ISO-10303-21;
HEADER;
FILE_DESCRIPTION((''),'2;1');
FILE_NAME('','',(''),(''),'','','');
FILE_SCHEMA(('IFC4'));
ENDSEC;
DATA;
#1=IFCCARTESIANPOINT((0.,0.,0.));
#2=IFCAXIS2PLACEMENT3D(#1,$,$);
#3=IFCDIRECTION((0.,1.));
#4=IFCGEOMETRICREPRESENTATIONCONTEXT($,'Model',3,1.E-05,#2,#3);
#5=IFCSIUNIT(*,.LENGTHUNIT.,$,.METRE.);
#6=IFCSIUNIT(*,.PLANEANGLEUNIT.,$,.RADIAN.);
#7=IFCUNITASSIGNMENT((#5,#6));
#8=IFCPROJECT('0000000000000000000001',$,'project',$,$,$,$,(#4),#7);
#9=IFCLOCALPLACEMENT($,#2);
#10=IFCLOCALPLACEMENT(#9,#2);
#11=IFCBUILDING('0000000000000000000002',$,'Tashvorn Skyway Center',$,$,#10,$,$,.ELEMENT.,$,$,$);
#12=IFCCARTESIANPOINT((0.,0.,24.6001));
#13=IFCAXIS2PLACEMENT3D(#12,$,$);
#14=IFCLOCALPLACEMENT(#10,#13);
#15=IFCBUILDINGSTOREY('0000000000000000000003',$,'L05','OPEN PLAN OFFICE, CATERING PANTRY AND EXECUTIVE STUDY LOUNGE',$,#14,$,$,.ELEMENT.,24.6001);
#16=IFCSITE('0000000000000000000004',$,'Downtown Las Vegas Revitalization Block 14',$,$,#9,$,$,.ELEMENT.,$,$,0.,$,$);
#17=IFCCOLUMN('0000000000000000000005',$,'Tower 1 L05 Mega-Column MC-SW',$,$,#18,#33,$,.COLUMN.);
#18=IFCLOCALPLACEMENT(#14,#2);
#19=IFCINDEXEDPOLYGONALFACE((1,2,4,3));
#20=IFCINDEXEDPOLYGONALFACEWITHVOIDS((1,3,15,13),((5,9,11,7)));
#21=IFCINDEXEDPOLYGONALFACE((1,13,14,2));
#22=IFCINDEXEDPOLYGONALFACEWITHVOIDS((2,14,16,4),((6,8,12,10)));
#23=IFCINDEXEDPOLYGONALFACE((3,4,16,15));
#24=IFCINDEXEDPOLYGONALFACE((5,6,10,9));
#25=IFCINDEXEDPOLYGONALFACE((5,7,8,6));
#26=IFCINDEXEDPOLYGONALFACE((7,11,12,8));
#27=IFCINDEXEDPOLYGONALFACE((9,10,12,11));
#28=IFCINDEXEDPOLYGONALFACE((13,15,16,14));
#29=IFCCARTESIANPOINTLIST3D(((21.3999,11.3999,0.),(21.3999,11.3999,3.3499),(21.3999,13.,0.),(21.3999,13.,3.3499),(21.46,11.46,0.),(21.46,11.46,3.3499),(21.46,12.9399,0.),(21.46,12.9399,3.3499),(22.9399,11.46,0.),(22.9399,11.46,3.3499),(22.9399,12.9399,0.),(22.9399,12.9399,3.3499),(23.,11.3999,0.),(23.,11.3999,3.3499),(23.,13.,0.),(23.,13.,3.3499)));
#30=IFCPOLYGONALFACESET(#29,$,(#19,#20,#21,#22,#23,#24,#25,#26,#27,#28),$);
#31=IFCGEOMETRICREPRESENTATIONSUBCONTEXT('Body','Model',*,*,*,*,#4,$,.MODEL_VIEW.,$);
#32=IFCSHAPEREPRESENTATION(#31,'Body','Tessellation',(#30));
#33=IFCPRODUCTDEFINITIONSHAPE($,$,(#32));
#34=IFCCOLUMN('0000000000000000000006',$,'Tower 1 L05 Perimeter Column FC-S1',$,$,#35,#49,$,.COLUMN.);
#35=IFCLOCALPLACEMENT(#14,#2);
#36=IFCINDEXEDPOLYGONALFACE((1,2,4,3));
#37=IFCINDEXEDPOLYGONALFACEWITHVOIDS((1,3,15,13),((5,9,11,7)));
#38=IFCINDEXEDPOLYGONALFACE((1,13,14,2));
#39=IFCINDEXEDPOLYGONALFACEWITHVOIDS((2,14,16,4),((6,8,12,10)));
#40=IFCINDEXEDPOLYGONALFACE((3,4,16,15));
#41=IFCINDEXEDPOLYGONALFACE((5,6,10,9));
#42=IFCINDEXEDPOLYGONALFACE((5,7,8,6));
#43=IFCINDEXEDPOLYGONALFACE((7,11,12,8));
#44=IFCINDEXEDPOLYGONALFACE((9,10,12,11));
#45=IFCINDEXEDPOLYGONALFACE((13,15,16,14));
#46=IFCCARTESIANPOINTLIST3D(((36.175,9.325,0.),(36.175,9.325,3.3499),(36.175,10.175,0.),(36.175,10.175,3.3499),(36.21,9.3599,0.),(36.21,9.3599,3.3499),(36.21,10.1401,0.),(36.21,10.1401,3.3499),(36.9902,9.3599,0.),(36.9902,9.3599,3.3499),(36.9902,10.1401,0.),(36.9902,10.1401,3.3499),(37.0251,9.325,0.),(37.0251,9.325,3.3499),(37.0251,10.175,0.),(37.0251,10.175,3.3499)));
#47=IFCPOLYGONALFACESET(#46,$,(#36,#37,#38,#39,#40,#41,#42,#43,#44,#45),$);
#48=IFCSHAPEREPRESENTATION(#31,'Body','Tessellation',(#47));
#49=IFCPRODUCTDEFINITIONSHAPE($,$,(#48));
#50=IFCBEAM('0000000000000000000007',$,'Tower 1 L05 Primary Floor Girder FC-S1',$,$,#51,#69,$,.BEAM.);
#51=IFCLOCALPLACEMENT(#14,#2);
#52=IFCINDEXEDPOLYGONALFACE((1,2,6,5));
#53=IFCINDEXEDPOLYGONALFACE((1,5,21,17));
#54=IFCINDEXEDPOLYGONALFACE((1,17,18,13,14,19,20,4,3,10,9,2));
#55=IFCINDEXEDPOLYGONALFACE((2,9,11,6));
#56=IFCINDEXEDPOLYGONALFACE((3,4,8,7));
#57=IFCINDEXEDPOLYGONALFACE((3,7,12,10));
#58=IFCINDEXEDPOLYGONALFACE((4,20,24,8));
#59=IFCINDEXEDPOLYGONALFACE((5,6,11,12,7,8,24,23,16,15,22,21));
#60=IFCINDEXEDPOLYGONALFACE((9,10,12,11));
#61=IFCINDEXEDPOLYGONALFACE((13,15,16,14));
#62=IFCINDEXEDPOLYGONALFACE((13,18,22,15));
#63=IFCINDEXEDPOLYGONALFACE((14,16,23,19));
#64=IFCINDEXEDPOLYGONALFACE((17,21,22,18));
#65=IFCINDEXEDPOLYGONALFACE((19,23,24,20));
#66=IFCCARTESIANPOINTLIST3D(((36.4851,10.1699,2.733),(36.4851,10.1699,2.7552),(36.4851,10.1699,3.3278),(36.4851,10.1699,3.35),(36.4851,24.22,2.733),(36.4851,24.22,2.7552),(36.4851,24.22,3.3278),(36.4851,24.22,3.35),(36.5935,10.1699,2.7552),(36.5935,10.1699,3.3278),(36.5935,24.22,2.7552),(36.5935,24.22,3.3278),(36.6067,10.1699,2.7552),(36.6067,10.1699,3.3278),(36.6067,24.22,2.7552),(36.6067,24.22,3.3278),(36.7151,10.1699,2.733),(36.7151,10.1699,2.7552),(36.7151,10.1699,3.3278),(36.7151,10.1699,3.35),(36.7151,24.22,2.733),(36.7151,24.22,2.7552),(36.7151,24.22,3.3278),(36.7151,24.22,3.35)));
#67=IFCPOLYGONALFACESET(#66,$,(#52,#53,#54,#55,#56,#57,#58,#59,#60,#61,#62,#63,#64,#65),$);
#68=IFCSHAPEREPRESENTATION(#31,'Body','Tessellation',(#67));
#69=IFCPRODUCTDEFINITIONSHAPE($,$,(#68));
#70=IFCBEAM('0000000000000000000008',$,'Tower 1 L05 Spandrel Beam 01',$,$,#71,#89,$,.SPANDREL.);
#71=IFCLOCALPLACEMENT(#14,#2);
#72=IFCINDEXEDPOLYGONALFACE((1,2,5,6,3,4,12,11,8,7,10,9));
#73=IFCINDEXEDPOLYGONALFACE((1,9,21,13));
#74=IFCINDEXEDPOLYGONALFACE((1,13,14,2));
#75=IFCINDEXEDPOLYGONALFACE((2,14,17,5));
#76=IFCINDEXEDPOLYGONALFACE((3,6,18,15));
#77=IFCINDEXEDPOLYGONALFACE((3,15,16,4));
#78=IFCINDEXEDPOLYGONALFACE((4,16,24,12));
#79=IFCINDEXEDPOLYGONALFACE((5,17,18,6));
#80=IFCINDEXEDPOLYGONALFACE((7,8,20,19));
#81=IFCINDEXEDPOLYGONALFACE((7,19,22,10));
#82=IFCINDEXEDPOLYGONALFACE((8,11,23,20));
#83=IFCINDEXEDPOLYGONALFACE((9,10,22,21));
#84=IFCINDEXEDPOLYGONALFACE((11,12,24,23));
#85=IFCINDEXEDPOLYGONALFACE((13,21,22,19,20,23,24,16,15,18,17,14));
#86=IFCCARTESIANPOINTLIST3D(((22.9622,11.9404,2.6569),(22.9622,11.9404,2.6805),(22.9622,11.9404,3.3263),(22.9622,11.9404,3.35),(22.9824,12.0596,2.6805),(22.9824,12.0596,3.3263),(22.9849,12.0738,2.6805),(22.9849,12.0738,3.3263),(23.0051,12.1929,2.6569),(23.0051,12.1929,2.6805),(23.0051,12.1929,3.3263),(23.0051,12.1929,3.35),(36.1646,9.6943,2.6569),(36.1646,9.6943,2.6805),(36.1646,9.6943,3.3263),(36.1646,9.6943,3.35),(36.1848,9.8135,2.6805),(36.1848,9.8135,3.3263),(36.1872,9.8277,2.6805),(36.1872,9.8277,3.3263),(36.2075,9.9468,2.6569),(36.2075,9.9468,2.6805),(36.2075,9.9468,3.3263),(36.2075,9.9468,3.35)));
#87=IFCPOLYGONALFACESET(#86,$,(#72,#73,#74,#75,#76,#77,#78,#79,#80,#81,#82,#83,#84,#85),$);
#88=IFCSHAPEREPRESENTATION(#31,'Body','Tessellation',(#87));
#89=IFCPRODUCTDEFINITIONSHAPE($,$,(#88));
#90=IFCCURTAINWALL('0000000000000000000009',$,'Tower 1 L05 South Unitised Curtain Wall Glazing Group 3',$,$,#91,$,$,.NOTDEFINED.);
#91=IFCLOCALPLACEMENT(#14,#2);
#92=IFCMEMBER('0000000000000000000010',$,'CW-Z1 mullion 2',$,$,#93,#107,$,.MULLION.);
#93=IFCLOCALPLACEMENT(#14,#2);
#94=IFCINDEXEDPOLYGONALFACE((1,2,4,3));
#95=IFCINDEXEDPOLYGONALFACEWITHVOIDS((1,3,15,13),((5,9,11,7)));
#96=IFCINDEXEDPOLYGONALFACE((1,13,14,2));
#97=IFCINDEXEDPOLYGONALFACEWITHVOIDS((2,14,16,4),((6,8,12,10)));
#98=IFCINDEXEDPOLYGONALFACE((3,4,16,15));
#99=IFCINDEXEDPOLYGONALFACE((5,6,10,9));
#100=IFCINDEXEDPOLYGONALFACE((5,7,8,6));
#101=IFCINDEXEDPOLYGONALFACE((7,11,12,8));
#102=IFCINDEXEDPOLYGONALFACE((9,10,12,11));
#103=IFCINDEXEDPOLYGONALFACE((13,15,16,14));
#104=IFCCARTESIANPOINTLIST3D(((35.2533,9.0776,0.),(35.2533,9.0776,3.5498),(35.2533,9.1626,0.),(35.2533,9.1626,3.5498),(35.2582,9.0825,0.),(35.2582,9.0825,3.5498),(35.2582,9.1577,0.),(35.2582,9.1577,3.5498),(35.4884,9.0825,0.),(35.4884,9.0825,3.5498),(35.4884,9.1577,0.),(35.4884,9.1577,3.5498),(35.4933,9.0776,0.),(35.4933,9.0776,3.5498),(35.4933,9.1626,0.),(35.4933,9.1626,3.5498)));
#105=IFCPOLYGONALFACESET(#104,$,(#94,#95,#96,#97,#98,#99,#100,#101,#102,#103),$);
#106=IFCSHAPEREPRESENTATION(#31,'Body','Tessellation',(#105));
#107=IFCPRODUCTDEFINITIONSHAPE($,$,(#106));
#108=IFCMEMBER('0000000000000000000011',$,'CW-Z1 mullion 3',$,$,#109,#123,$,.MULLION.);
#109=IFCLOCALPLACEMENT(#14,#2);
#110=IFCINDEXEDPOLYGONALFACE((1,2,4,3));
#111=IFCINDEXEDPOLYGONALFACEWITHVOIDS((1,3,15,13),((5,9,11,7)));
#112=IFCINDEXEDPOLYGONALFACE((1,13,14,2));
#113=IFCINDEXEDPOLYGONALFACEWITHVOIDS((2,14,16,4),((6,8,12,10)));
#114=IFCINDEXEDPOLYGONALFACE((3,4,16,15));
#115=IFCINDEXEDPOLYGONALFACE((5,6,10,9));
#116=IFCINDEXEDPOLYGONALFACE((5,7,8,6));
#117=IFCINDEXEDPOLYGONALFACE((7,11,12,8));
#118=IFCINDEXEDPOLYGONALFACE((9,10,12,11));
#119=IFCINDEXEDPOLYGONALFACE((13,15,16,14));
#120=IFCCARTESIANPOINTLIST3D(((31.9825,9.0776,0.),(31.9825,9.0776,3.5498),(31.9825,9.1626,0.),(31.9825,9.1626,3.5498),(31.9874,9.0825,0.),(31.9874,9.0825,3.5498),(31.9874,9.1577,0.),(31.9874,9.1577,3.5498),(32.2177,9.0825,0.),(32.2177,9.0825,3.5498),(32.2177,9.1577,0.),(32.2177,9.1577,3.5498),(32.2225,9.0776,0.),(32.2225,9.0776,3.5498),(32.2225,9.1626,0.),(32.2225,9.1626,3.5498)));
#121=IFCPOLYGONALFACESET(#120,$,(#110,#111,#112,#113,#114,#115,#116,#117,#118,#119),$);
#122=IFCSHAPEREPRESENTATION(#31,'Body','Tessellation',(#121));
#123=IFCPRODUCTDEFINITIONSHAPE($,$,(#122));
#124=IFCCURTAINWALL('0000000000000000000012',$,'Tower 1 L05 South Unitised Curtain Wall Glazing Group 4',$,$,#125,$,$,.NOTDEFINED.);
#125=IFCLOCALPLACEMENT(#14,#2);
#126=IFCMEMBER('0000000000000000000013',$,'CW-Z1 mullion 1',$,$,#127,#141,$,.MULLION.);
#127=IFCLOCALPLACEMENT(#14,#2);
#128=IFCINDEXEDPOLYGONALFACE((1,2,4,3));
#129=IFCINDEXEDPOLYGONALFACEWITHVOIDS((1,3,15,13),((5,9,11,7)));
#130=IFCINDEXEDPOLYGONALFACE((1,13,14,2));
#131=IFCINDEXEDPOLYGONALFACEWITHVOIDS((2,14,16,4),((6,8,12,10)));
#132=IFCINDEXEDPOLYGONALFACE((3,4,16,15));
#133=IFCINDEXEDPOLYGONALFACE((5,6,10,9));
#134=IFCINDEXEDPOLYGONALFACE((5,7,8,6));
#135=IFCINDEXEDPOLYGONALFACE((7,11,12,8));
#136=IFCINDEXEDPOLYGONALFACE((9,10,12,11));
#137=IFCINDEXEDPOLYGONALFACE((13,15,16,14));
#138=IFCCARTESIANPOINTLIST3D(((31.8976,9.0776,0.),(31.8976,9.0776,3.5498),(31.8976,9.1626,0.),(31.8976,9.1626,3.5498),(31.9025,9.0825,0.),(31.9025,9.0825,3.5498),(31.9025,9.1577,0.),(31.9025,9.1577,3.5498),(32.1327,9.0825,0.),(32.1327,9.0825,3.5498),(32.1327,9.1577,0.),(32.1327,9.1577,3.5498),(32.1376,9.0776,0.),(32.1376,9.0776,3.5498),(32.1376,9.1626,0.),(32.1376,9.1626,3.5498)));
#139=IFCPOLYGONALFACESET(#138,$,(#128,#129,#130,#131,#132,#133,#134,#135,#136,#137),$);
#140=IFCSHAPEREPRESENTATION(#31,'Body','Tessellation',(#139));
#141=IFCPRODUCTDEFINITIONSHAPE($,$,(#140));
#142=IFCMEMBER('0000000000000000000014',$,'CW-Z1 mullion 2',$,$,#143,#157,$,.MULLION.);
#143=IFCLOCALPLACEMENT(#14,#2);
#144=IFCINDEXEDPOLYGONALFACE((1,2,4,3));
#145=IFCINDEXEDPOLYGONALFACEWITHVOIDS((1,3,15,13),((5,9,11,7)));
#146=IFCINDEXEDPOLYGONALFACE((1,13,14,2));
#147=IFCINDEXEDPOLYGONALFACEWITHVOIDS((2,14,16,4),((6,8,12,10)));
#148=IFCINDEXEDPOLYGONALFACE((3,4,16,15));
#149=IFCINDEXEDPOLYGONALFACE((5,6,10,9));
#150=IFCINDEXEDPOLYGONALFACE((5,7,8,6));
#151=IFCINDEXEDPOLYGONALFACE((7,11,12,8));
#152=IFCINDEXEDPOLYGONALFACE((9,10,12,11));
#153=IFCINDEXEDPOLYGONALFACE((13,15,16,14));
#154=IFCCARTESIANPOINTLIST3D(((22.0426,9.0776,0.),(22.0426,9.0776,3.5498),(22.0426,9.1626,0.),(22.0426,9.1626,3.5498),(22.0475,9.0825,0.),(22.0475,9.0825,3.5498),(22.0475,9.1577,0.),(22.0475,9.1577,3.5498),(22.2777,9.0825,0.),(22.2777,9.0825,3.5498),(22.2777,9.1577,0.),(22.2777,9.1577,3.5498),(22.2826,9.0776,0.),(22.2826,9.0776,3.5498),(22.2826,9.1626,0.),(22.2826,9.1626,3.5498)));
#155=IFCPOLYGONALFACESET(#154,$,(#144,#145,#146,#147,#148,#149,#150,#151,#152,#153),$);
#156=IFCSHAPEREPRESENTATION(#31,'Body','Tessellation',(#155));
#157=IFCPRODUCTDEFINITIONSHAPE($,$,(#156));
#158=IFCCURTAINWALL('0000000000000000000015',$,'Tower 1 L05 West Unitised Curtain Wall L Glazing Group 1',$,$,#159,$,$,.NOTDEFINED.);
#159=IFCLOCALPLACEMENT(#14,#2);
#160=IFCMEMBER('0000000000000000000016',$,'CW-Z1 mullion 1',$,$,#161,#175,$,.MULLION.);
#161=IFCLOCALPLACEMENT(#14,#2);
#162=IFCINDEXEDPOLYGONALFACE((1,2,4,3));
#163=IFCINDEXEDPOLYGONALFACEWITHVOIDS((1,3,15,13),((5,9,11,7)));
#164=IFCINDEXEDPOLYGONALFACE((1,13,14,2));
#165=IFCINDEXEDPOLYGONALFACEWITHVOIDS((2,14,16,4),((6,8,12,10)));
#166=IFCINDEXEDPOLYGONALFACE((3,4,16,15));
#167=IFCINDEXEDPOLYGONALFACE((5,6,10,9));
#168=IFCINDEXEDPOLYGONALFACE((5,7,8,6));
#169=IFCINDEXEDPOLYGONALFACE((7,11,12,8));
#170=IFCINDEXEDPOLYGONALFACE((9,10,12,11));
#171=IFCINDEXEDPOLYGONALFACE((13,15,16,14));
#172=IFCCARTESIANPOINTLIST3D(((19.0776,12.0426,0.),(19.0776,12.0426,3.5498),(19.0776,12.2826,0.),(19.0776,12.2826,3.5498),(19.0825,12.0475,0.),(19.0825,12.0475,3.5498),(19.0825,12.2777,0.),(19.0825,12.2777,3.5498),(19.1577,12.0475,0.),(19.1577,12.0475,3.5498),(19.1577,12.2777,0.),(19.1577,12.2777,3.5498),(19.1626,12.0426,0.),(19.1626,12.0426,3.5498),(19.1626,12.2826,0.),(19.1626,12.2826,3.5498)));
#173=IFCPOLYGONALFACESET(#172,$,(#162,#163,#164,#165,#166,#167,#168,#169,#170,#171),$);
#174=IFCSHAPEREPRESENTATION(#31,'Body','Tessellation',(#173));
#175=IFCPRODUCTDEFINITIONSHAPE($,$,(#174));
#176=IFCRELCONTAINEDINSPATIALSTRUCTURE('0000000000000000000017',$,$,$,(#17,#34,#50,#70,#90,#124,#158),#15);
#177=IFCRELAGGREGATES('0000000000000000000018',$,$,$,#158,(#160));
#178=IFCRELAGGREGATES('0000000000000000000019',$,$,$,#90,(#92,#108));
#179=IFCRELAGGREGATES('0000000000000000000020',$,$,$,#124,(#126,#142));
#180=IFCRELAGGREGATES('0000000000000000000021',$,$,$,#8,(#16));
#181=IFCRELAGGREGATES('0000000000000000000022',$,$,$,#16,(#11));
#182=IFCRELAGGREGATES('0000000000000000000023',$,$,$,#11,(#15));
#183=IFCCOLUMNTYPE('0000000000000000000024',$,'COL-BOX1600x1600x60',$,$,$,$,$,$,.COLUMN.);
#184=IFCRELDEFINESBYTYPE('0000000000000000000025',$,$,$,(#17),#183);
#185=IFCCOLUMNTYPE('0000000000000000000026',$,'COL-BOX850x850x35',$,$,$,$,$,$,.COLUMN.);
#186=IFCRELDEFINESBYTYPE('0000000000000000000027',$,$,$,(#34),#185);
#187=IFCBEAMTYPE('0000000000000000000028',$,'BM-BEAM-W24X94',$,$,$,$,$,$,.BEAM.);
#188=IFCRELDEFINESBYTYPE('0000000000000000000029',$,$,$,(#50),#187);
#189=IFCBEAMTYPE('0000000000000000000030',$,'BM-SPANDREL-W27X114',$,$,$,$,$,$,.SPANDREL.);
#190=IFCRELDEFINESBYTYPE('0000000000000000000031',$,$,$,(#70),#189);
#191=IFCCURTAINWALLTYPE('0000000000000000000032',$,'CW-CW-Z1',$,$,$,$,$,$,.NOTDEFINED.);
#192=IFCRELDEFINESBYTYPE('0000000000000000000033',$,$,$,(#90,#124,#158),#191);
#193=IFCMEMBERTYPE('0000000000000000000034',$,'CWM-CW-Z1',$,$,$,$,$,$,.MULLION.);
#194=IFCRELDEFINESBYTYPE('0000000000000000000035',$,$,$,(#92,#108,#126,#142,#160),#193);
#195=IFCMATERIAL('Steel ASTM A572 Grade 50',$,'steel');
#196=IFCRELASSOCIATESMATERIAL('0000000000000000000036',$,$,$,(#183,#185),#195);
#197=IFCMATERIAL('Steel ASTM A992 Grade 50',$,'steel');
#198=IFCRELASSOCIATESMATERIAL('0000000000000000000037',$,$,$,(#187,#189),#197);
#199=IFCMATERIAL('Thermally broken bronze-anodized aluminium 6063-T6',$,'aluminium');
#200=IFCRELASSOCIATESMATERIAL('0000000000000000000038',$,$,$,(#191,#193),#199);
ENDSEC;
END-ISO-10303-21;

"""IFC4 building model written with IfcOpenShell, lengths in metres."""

from ifc_helpers import new_model, si_unit, direction, frame, origin, origin_2d, place, context, subcontext, project, spatial, hollow_rectangle, i_section, extrude, material, material_profile, profile_set, type_object, element, aggregate, save


model = new_model("IFC4")

# Units and contexts
model_context = context("Model", 3, precision=1e-05, world=origin(), true_north=direction((0.0, 1.0)))
body_context = subcontext(model_context, "Body", "Model", "MODEL_VIEW")
ifc_project = project(units=[si_unit("LENGTHUNIT", "METRE"), si_unit("PLANEANGLEUNIT", "RADIAN")], contexts=[model_context])

# Site, building, storey
site_placement = place(None, origin())
site = spatial("IfcSite", under=ifc_project, at=site_placement, Name="Downtown Las Vegas Revitalization Block 14", CompositionType="ELEMENT", RefElevation=0.0)
building_placement = place(site_placement, origin())
building = spatial("IfcBuilding", under=site, at=building_placement, Name="Tashvorn Skyway Center", CompositionType="ELEMENT")
storey_placement = place(building_placement, frame((0.0, 0.0, 24.6001)))
storey = spatial("IfcBuildingStorey", under=building, at=storey_placement, Name="L05", Description="OPEN PLAN OFFICE, CATERING PANTRY AND EXECUTIVE STUDY LOUNGE", CompositionType="ELEMENT", Elevation=24.6001)

# Columns
ifc_material_1 = material(Name="Steel ASTM A572 Grade 50", Category="steel")
ifc_material_profile_1 = material_profile(ifc_material_1, hollow_rectangle(XDim=1.6001, YDim=1.6001, WallThickness=0.0601, at=origin_2d()), Name="BOX1600x1600x60")
ifc_profile_set_1 = profile_set([ifc_material_profile_1], Name="Steel ASTM A572 Grade 50")
column_type_1 = type_object("IfcColumnType", Name="COL-BOX1600x1600x60", PredefinedType="COLUMN", material=ifc_profile_set_1)
column_1_placement = place(storey_placement, frame((22.2, 12.2, 0.0), z_axis=(0.0, 0.0, 1.0), x_axis=(1.0, 0.0, 0.0)))
element("IfcColumn", 1, at=column_1_placement, inside=storey, type_object=column_type_1, Name="Tower 1 L05 Mega-Column MC-SW", PredefinedType="COLUMN", context=body_context, shape_type="SweptSolid", body=[
    extrude(hollow_rectangle(XDim=1.6001, YDim=1.6001, WallThickness=0.0601, at=origin_2d()), origin(), (0.0, 0.0, 1.0), 3.3499),
])
ifc_material_profile_2 = material_profile(ifc_material_1, hollow_rectangle(XDim=0.8501, YDim=0.8501, WallThickness=0.0349, at=origin_2d()), Name="BOX850x850x35")
ifc_profile_set_2 = profile_set([ifc_material_profile_2], Name="Steel ASTM A572 Grade 50")
column_type_2 = type_object("IfcColumnType", Name="COL-BOX850x850x35", PredefinedType="COLUMN", material=ifc_profile_set_2)
column_2_placement = place(storey_placement, frame((36.6001, 9.75, 0.0), z_axis=(0.0, 0.0, 1.0), x_axis=(1.0, 0.0, 0.0)))
element("IfcColumn", 2, at=column_2_placement, inside=storey, type_object=column_type_2, Name="Tower 1 L05 Perimeter Column FC-S1", PredefinedType="COLUMN", context=body_context, shape_type="SweptSolid", body=[
    extrude(hollow_rectangle(XDim=0.8501, YDim=0.8501, WallThickness=0.0349, at=origin_2d()), origin(), (0.0, 0.0, 1.0), 3.3499),
])

# Beams
ifc_material_2 = material(Name="Steel ASTM A992 Grade 50", Category="steel")
ifc_material_profile_3 = material_profile(ifc_material_2, i_section(OverallWidth=0.23, OverallDepth=0.6169, WebThickness=0.0132, FlangeThickness=0.0222, at=origin_2d()), Name="W24X94")
ifc_profile_set_3 = profile_set([ifc_material_profile_3], Name="Steel ASTM A992 Grade 50")
beam_type_1 = type_object("IfcBeamType", Name="BM-BEAM-W24X94", PredefinedType="BEAM", material=ifc_profile_set_3)
beam_1_placement = place(storey_placement, frame((36.6001, 10.1699, 3.0415), z_axis=(0.0, 1.0, 0.0), x_axis=(-1.0, 0.0, 0.0)))
element("IfcBeam", 3, at=beam_1_placement, inside=storey, type_object=beam_type_1, Name="Tower 1 L05 Primary Floor Girder FC-S1", PredefinedType="BEAM", context=body_context, shape_type="SweptSolid", body=[
    extrude(i_section(OverallWidth=0.23, OverallDepth=0.6169, WebThickness=0.0132, FlangeThickness=0.0222, at=origin_2d()), origin(), (0.0, 0.0, 1.0), 14.05),
])
ifc_material_profile_4 = material_profile(ifc_material_2, i_section(OverallWidth=0.2561, OverallDepth=0.6931, WebThickness=0.0144, FlangeThickness=0.0237, at=origin_2d()), Name="W27X114")
ifc_profile_set_4 = profile_set([ifc_material_profile_4], Name="Steel ASTM A992 Grade 50")
beam_type_2 = type_object("IfcBeamType", Name="BM-SPANDREL-W27X114", PredefinedType="SPANDREL", material=ifc_profile_set_4)
beam_2_placement = place(storey_placement, frame((22.9836, 12.0667, 3.0034), z_axis=(0.985835, -0.167718, 0.0), x_axis=(0.167718, 0.985835, 0.0)))
element("IfcBeam", 4, at=beam_2_placement, inside=storey, type_object=beam_type_2, Name="Tower 1 L05 Spandrel Beam 01", PredefinedType="SPANDREL", context=body_context, shape_type="SweptSolid", body=[
    extrude(i_section(OverallWidth=0.2561, OverallDepth=0.6931, WebThickness=0.0144, FlangeThickness=0.0237, at=origin_2d()), origin(), (0.0, 0.0, 1.0), 13.3921),
])

# Curtain walls, members
ifc_material_3 = material(Name="Thermally broken bronze-anodized aluminium 6063-T6", Category="aluminium")
curtain_wall_type = type_object("IfcCurtainWallType", Name="CW-CW-Z1", PredefinedType="NOTDEFINED", material=ifc_material_3)
curtain_wall_1_placement = place(storey_placement, origin())
curtain_wall_1 = element("IfcCurtainWall", 5, at=curtain_wall_1_placement, inside=storey, type_object=curtain_wall_type, Name="Tower 1 L05 South Unitised Curtain Wall Glazing Group 3", PredefinedType="NOTDEFINED")
ifc_material_profile_5 = material_profile(ifc_material_3, hollow_rectangle(XDim=0.085, YDim=0.24, WallThickness=0.0049, at=origin_2d()), Name="ALU-MULL-85x240")
ifc_profile_set_5 = profile_set([ifc_material_profile_5], Name="Thermally broken bronze-anodized aluminium 6063-T6")
member_type_1 = type_object("IfcMemberType", Name="CWM-CW-Z1", PredefinedType="MULLION", material=ifc_profile_set_5)
member_1_placement = place(storey_placement, frame((35.3733, 9.1201, 0.0), z_axis=(0.0, 0.0, 1.0), x_axis=(0.0, -1.0, 0.0)))
member_1 = element("IfcMember", 6, at=member_1_placement, type_object=member_type_1, Name="CW-Z1 mullion 2", PredefinedType="MULLION", context=body_context, shape_type="SweptSolid", body=[
    extrude(hollow_rectangle(XDim=0.085, YDim=0.24, WallThickness=0.0049, at=origin_2d()), origin(), (0.0, 0.0, 1.0), 3.5498),
])
member_2_placement = place(storey_placement, frame((32.1025, 9.1201, 0.0), z_axis=(0.0, 0.0, 1.0), x_axis=(0.0, -1.0, 0.0)))
member_2 = element("IfcMember", 7, at=member_2_placement, type_object=member_type_1, Name="CW-Z1 mullion 3", PredefinedType="MULLION", context=body_context, shape_type="SweptSolid", body=[
    extrude(hollow_rectangle(XDim=0.085, YDim=0.24, WallThickness=0.0049, at=origin_2d()), origin(), (0.0, 0.0, 1.0), 3.5498),
])
curtain_wall_2_placement = place(storey_placement, origin())
curtain_wall_2 = element("IfcCurtainWall", 8, at=curtain_wall_2_placement, inside=storey, type_object=curtain_wall_type, Name="Tower 1 L05 South Unitised Curtain Wall Glazing Group 4", PredefinedType="NOTDEFINED")
member_3_placement = place(storey_placement, frame((32.0176, 9.1201, 0.0), z_axis=(0.0, 0.0, 1.0), x_axis=(0.0, -1.0, 0.0)))
member_3 = element("IfcMember", 9, at=member_3_placement, type_object=member_type_1, Name="CW-Z1 mullion 1", PredefinedType="MULLION", context=body_context, shape_type="SweptSolid", body=[
    extrude(hollow_rectangle(XDim=0.085, YDim=0.24, WallThickness=0.0049, at=origin_2d()), origin(), (0.0, 0.0, 1.0), 3.5498),
])
member_4_placement = place(storey_placement, frame((22.1626, 9.1201, 0.0), z_axis=(0.0, 0.0, 1.0), x_axis=(0.0, -1.0, 0.0)))
member_4 = element("IfcMember", 10, at=member_4_placement, type_object=member_type_1, Name="CW-Z1 mullion 2", PredefinedType="MULLION", context=body_context, shape_type="SweptSolid", body=[
    extrude(hollow_rectangle(XDim=0.085, YDim=0.24, WallThickness=0.0049, at=origin_2d()), origin(), (0.0, 0.0, 1.0), 3.5498),
])

# Curtain wall, member
curtain_wall_3_placement = place(storey_placement, origin())
curtain_wall_3 = element("IfcCurtainWall", 11, at=curtain_wall_3_placement, inside=storey, type_object=curtain_wall_type, Name="Tower 1 L05 West Unitised Curtain Wall L Glazing Group 1", PredefinedType="NOTDEFINED")
member_5_placement = place(storey_placement, frame((19.1201, 12.1626, 0.0), z_axis=(0.0, 0.0, 1.0), x_axis=(-1.0, 0.0, 0.0)))
member_5 = element("IfcMember", 12, at=member_5_placement, type_object=member_type_1, Name="CW-Z1 mullion 1", PredefinedType="MULLION", context=body_context, shape_type="SweptSolid", body=[
    extrude(hollow_rectangle(XDim=0.085, YDim=0.24, WallThickness=0.0049, at=origin_2d()), origin(), (0.0, 0.0, 1.0), 3.5498),
])

aggregate(curtain_wall_3, [member_5])

aggregate(curtain_wall_1, [member_1, member_2])
aggregate(curtain_wall_2, [member_3, member_4])

save(model, "model.ifc")
